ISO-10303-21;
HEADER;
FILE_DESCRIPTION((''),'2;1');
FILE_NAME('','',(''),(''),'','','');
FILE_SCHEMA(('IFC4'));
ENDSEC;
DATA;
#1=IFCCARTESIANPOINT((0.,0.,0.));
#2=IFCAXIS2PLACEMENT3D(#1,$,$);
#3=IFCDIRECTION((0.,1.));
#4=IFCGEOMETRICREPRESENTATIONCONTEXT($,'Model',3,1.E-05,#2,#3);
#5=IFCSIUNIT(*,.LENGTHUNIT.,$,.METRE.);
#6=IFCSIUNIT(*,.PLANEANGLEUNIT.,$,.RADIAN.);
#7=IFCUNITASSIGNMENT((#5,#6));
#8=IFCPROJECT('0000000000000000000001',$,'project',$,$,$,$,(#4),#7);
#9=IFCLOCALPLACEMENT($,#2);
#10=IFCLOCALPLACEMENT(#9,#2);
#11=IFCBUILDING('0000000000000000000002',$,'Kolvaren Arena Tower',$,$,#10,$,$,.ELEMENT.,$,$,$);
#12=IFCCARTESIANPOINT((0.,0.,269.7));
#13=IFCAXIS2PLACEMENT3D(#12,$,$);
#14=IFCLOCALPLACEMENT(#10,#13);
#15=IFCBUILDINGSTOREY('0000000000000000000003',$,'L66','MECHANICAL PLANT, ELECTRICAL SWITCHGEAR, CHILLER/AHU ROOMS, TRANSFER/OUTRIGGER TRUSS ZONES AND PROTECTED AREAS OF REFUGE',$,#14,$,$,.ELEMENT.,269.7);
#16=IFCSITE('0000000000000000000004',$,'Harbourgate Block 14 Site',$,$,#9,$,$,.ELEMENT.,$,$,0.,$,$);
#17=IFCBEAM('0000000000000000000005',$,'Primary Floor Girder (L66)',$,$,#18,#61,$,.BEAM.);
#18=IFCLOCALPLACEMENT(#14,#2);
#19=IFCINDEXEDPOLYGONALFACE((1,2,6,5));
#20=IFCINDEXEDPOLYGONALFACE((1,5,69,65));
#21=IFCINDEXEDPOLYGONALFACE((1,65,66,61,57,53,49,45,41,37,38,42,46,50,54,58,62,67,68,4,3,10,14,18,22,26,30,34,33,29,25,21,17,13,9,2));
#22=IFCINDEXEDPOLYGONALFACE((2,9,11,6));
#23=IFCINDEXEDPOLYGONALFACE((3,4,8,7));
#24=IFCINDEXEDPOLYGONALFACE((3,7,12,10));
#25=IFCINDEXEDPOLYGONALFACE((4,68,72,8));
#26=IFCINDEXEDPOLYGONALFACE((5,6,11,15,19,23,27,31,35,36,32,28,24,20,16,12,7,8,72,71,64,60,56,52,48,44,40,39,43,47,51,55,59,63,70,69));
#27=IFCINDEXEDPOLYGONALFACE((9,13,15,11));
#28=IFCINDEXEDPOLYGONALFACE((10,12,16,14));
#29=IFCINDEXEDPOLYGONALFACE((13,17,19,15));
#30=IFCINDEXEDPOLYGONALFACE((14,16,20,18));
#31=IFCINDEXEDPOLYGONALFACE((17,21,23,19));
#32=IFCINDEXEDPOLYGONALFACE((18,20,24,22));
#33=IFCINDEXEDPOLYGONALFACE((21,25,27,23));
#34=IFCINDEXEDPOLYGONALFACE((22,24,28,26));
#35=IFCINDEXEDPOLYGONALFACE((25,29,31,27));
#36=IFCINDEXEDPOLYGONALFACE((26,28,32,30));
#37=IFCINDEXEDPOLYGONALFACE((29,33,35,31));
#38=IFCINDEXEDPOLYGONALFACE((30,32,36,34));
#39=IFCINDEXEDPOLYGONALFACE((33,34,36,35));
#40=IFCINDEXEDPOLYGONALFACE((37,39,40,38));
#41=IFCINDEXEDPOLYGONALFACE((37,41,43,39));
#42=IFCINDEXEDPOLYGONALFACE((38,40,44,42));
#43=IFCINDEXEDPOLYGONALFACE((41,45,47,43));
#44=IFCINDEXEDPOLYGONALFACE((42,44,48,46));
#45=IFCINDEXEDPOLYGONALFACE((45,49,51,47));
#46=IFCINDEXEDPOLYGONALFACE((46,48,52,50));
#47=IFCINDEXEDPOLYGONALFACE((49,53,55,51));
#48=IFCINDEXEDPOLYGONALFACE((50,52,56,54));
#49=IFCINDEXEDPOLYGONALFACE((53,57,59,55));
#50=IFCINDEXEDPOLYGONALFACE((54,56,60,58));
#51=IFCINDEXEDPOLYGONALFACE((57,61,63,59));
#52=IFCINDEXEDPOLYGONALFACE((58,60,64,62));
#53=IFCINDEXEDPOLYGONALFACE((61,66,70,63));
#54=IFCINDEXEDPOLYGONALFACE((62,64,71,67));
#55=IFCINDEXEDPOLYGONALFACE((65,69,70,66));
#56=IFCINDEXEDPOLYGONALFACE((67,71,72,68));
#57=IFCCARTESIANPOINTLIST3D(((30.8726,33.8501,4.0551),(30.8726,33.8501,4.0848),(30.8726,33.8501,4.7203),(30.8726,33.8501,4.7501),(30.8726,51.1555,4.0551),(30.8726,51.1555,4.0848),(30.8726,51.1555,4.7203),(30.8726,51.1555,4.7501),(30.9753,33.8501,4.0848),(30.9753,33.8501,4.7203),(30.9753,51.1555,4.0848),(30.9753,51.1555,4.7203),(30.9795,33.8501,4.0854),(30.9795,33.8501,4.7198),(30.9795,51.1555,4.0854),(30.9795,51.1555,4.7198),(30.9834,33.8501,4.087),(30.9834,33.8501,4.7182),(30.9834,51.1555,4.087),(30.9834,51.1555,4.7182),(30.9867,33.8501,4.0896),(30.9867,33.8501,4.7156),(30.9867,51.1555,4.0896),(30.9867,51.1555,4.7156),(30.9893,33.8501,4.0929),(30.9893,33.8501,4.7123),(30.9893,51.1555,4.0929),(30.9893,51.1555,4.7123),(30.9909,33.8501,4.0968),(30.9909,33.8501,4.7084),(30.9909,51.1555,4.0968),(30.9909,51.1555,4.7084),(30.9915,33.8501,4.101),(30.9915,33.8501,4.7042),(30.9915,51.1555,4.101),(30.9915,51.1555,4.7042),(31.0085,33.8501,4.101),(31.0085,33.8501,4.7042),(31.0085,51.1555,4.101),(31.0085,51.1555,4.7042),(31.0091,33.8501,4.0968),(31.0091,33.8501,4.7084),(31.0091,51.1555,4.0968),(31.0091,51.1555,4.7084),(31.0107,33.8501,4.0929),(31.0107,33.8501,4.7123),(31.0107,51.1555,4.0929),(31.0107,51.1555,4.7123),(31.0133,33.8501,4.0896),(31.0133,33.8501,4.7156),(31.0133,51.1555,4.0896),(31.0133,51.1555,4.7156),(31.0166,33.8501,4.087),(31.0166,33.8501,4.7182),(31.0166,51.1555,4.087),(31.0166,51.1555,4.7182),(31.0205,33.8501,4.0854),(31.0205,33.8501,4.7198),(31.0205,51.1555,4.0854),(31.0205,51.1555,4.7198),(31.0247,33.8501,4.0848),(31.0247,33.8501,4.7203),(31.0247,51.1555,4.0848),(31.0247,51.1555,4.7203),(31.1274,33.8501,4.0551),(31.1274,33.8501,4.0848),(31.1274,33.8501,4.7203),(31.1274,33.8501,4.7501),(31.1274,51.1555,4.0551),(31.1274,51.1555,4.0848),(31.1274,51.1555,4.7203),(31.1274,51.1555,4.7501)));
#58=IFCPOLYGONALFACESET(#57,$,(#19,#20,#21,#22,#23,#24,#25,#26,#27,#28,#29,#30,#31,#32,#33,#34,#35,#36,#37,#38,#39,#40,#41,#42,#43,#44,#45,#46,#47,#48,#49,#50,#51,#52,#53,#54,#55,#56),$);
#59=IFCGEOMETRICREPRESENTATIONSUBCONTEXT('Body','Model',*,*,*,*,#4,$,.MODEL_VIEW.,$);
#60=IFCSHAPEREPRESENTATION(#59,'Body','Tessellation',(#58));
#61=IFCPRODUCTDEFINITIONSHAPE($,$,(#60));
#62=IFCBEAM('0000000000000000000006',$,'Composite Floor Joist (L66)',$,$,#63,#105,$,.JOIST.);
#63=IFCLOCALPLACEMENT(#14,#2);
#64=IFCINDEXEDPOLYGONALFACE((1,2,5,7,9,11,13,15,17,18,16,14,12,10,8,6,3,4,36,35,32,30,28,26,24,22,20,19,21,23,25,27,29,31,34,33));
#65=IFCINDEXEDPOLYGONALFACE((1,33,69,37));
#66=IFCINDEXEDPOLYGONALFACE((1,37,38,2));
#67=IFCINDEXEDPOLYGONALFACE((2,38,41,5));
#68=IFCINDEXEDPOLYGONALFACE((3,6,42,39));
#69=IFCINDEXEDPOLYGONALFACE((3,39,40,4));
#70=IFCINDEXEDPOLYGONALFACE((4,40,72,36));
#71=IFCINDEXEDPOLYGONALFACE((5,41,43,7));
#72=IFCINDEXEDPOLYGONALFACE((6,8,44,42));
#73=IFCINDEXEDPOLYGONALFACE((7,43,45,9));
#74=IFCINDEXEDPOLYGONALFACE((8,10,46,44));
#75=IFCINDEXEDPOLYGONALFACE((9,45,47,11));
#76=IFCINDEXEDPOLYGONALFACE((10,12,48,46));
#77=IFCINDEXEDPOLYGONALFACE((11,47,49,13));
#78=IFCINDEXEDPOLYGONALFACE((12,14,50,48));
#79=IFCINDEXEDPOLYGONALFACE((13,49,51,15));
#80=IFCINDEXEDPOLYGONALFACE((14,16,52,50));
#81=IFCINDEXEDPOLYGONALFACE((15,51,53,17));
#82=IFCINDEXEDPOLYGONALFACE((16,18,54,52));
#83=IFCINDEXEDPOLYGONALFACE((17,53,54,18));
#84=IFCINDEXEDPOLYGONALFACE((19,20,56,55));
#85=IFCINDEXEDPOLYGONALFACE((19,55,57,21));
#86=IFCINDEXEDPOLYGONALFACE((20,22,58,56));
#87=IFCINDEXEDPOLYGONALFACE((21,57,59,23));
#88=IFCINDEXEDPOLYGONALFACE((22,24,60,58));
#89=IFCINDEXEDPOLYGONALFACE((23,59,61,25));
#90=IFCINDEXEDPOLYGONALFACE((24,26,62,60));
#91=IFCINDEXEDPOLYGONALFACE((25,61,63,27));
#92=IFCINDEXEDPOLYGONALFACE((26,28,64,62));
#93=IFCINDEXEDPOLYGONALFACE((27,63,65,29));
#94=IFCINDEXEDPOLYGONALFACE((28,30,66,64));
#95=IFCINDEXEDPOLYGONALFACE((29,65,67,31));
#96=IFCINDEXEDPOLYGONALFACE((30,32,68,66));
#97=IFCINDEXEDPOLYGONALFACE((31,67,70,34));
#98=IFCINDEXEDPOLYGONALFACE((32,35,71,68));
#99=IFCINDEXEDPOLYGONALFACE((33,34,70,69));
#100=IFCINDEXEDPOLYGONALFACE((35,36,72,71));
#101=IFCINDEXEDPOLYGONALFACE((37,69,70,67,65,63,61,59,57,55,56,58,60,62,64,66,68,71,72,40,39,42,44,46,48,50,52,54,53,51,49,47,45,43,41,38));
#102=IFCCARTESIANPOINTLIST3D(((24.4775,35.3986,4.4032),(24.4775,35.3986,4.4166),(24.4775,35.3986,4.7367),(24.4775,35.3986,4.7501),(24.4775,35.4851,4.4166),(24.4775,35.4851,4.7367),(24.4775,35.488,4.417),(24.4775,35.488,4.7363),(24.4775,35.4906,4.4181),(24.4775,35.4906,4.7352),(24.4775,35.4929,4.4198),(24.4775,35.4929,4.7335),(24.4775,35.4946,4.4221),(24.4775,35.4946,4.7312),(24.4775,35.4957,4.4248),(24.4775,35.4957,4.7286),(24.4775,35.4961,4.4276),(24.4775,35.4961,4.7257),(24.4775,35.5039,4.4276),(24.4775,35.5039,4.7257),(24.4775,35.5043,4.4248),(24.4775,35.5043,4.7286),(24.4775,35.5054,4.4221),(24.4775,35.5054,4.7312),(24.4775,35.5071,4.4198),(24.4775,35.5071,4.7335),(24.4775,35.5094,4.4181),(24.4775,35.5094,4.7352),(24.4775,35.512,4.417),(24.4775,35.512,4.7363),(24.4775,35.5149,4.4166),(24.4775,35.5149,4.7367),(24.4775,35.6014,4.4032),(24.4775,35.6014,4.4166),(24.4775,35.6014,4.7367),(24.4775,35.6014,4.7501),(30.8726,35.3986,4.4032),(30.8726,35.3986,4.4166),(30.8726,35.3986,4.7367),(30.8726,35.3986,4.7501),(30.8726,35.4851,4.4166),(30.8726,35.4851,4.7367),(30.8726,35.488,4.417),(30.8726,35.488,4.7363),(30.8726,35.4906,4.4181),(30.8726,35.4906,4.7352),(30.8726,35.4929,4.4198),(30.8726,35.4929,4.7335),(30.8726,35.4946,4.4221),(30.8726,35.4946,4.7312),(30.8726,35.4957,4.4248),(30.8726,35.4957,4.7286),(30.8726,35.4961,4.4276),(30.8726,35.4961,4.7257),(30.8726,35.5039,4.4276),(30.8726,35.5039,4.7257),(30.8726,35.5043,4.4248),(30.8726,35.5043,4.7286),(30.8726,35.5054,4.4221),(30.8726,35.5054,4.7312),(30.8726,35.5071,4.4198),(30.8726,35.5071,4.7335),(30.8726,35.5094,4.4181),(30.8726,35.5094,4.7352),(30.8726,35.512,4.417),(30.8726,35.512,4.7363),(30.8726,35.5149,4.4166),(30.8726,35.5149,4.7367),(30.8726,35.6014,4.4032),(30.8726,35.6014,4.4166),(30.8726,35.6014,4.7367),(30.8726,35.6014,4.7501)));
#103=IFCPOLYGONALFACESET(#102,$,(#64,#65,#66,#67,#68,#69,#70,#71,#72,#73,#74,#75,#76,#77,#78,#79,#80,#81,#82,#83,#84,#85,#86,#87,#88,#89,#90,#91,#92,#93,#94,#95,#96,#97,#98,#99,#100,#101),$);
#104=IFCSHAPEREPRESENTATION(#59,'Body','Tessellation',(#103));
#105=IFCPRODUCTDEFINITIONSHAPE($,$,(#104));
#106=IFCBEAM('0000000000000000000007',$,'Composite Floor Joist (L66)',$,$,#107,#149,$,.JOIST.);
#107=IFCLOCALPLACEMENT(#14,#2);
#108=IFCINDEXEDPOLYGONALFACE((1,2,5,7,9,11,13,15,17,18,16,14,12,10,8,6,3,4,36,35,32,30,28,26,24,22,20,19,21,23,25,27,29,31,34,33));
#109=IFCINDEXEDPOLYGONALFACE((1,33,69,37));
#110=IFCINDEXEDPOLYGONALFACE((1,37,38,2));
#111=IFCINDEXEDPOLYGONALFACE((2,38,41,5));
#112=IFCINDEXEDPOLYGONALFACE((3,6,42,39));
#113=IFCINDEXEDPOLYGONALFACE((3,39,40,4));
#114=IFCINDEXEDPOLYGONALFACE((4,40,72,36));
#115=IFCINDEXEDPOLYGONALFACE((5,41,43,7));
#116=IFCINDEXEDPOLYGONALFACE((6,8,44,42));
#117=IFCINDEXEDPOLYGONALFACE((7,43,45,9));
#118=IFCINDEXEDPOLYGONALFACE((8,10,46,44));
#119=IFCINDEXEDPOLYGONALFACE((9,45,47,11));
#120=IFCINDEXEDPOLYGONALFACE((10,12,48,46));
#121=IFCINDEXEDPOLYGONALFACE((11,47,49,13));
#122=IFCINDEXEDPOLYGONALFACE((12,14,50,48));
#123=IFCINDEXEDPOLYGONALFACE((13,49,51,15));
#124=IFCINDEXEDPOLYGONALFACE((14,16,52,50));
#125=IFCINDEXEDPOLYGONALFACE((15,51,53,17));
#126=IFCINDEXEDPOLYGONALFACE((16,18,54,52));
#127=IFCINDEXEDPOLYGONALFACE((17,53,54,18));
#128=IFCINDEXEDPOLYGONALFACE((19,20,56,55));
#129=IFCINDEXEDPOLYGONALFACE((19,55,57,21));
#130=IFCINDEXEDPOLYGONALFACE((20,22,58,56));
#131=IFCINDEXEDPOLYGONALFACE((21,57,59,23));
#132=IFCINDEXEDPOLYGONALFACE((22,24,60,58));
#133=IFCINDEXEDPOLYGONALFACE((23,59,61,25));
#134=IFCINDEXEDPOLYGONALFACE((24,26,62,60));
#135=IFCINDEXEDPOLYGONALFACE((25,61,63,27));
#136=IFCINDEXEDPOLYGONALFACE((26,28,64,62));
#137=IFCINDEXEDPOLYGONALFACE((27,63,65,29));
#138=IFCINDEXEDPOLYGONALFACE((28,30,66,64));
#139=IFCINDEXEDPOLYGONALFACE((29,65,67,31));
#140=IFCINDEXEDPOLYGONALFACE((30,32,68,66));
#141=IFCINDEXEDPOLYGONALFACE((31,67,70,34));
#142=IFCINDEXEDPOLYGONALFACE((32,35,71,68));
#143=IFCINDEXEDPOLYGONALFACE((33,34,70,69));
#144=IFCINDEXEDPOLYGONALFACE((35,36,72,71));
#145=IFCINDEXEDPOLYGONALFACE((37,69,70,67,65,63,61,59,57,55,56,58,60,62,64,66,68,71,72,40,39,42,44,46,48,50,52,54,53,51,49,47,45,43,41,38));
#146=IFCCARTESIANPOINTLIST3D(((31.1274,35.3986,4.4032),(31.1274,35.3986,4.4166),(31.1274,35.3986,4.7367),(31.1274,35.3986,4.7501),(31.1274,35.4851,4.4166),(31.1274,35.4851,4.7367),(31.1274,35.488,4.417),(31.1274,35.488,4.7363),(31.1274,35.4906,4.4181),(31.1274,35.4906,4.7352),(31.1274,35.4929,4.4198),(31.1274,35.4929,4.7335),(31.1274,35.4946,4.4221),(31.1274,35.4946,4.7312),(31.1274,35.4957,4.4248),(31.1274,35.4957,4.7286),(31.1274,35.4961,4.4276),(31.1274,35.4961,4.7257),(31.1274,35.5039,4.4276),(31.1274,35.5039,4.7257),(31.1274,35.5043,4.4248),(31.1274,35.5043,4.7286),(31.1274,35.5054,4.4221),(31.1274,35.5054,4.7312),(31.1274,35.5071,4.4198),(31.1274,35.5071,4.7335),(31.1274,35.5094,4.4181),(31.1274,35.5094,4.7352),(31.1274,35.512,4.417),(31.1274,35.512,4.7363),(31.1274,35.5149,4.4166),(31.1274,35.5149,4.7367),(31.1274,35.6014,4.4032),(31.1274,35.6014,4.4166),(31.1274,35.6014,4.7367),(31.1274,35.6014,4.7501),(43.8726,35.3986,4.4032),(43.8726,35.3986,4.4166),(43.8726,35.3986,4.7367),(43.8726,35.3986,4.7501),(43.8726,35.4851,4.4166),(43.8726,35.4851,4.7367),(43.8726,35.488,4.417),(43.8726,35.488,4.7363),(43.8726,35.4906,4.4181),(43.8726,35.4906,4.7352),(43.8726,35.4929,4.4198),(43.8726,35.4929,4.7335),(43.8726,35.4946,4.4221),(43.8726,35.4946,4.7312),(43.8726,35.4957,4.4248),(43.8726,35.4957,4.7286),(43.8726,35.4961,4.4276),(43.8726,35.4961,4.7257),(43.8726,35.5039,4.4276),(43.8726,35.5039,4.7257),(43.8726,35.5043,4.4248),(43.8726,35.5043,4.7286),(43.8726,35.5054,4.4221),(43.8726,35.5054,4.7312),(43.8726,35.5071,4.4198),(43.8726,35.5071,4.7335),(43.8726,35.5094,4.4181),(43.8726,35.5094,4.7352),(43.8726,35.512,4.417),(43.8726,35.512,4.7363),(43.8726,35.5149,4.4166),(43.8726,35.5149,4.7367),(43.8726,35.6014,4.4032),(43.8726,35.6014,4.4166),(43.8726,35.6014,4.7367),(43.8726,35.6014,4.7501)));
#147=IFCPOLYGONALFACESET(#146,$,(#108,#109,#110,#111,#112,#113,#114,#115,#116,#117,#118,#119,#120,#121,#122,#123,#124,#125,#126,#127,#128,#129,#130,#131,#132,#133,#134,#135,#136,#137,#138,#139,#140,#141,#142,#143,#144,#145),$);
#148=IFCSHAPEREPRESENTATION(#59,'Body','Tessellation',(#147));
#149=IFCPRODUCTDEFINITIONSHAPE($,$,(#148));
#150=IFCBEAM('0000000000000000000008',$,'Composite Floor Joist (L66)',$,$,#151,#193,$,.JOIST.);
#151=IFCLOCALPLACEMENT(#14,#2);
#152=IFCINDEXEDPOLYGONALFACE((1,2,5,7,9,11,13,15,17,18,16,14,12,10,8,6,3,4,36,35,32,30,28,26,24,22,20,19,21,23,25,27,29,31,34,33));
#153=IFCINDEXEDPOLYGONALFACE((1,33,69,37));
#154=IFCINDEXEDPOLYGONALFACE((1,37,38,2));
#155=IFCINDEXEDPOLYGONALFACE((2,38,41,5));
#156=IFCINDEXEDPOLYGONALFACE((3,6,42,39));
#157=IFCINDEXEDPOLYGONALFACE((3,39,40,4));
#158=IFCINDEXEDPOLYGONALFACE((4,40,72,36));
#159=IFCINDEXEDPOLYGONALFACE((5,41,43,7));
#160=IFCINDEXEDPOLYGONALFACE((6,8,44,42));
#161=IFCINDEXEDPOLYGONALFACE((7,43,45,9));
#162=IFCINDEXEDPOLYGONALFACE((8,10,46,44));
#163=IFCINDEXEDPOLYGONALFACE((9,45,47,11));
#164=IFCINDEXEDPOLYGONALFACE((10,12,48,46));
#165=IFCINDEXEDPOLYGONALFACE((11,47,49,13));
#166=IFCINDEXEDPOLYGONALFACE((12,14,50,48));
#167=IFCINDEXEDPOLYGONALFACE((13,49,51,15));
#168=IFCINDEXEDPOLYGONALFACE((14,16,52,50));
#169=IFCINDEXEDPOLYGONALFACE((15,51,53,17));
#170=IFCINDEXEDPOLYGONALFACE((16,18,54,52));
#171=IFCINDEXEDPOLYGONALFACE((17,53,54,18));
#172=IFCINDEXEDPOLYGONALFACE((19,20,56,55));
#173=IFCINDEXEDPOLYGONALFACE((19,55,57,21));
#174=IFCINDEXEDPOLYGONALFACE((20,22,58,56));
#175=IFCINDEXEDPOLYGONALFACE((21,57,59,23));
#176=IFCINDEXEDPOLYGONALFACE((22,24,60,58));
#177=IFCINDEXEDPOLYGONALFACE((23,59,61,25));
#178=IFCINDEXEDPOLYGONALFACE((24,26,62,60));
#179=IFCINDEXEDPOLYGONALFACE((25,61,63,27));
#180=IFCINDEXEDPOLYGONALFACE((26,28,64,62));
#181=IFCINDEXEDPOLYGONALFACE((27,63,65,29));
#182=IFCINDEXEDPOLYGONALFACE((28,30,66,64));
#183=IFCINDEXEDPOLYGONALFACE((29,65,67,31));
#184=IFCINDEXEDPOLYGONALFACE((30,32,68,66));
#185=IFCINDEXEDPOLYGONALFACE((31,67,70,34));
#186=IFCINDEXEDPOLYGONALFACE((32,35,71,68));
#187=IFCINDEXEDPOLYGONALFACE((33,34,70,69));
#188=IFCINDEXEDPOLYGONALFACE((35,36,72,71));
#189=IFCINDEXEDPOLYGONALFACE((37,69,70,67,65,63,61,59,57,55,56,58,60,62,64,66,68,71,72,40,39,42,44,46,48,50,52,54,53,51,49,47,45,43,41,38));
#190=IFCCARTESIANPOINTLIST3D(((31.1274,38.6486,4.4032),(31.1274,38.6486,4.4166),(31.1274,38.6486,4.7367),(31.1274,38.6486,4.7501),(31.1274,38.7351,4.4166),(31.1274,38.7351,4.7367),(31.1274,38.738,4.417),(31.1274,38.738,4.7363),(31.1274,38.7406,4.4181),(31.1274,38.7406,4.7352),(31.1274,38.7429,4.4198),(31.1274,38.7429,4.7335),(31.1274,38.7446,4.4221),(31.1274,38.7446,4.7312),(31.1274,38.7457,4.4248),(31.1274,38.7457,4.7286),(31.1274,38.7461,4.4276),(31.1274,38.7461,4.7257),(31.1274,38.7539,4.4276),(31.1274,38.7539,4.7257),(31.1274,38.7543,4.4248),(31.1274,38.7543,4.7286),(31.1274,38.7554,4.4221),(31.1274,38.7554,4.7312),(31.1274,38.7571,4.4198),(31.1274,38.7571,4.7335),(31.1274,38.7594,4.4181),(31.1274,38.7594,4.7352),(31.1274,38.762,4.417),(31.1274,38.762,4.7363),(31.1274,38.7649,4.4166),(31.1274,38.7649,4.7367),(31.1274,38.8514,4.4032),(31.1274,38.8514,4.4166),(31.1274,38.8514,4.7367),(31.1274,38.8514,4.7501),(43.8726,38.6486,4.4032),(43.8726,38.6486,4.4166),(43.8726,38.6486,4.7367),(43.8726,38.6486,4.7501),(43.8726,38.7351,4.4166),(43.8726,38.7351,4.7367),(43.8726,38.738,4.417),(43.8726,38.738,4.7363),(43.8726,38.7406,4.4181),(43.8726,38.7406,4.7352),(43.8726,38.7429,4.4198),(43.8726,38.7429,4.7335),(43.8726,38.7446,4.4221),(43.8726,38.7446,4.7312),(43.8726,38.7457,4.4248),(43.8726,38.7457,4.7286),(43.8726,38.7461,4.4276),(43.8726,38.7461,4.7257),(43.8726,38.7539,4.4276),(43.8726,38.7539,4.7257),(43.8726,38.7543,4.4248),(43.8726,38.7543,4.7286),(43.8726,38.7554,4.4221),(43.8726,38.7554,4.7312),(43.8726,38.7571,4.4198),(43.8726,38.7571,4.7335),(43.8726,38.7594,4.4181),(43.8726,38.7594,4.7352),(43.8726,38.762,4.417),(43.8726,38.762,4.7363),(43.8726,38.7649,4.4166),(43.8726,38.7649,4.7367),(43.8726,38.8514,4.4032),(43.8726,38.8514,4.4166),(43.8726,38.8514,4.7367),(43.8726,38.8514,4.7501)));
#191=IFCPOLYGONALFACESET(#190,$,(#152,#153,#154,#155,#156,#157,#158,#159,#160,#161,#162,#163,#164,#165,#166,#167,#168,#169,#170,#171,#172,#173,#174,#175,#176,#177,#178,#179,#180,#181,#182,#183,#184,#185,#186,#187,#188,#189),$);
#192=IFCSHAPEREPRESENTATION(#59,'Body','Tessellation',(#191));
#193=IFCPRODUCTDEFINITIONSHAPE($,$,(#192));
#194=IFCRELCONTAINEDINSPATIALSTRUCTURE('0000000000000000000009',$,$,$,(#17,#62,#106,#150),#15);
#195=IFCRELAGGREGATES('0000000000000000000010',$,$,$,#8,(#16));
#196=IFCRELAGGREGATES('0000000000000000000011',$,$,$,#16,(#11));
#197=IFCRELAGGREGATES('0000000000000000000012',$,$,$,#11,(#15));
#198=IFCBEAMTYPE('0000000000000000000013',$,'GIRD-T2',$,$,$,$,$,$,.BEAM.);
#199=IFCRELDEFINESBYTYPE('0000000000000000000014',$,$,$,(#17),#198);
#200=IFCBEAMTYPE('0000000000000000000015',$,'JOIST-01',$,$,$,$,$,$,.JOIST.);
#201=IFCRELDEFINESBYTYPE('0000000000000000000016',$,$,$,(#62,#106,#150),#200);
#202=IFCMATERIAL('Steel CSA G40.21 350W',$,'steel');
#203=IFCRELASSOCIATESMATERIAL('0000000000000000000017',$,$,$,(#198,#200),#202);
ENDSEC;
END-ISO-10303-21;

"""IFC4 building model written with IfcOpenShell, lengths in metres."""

from ifc_helpers import new_model, si_unit, direction, frame, origin, origin_2d, place, context, subcontext, project, spatial, i_section, extrude, material, material_profile, profile_set, type_object, element, save


model = new_model("IFC4")

# Units and contexts
model_context = context("Model", 3, precision=1e-05, world=origin(), true_north=direction((0.0, 1.0)))
body_context = subcontext(model_context, "Body", "Model", "MODEL_VIEW")
ifc_project = project(units=[si_unit("LENGTHUNIT", "METRE"), si_unit("PLANEANGLEUNIT", "RADIAN")], contexts=[model_context])

# Site, building, storey
site_placement = place(None, origin())
site = spatial("IfcSite", under=ifc_project, at=site_placement, Name="Harbourgate Block 14 Site", CompositionType="ELEMENT", RefElevation=0.0)
building_placement = place(site_placement, origin())
building = spatial("IfcBuilding", under=site, at=building_placement, Name="Kolvaren Arena Tower", CompositionType="ELEMENT")
storey_placement = place(building_placement, frame((0.0, 0.0, 269.7)))
storey = spatial("IfcBuildingStorey", under=building, at=storey_placement, Name="L66", Description="MECHANICAL PLANT, ELECTRICAL SWITCHGEAR, CHILLER/AHU ROOMS, TRANSFER/OUTRIGGER TRUSS ZONES AND PROTECTED AREAS OF REFUGE", CompositionType="ELEMENT", Elevation=269.7)

# Beams
ifc_material_1 = material(Name="Steel CSA G40.21 350W", Category="steel")
ifc_material_profile_1 = material_profile(ifc_material_1, i_section(OverallWidth=0.2549, OverallDepth=0.6951, WebThickness=0.0171, FlangeThickness=0.0298, FilletRadius=0.0161, at=origin_2d()), Name="W690x217")
ifc_profile_set_1 = profile_set([ifc_material_profile_1], Name="Steel CSA G40.21 350W")
beam_type_1 = type_object("IfcBeamType", Name="GIRD-T2", PredefinedType="BEAM", material=ifc_profile_set_1)
beam_1_placement = place(storey_placement, frame((31.0, 33.8501, 4.4026), z_axis=(0.0, 1.0, 0.0), x_axis=(-1.0, 0.0, 0.0)))
element("IfcBeam", 1, at=beam_1_placement, inside=storey, type_object=beam_type_1, Name="Primary Floor Girder (L66)", PredefinedType="BEAM", context=body_context, shape_type="SweptSolid", body=[
    extrude(i_section(OverallWidth=0.2549, OverallDepth=0.6951, WebThickness=0.0171, FlangeThickness=0.0298, FilletRadius=0.0161, at=origin_2d()), origin(), (0.0, 0.0, 1.0), 17.3054),
])
ifc_material_profile_2 = material_profile(ifc_material_1, i_section(OverallWidth=0.2029, OverallDepth=0.3469, WebThickness=0.0078, FlangeThickness=0.0134, FilletRadius=0.011, at=origin_2d()), Name="W360x64")
ifc_profile_set_2 = profile_set([ifc_material_profile_2], Name="Steel CSA G40.21 350W")
beam_type_2 = type_object("IfcBeamType", Name="JOIST-01", PredefinedType="JOIST", material=ifc_profile_set_2)
beam_2_placement = place(storey_placement, frame((24.4775, 35.5, 4.5767), z_axis=(1.0, 0.0, 0.0), x_axis=(0.0, 1.0, 0.0)))
element("IfcBeam", 2, at=beam_2_placement, inside=storey, type_object=beam_type_2, Name="Composite Floor Joist (L66)", PredefinedType="JOIST", context=body_context, shape_type="SweptSolid", body=[
    extrude(i_section(OverallWidth=0.2029, OverallDepth=0.3469, WebThickness=0.0078, FlangeThickness=0.0134, FilletRadius=0.011, at=origin_2d()), origin(), (0.0, 0.0, 1.0), 6.395),
])
for number, where, z_axis, x_axis, name in (
    (3, (31.1274, 35.5, 4.5767), (1.0, 0.0, 0.0), (0.0, 1.0, 0.0), "Composite Floor Joist (L66)"),
    (4, (31.1274, 38.75, 4.5767), (1.0, 0.0, 0.0), (0.0, 1.0, 0.0), "Composite Floor Joist (L66)"),
):
    element("IfcBeam", number, at=place(storey_placement, frame(where, z_axis=z_axis, x_axis=x_axis)), inside=storey, type_object=beam_type_2, Name=name, PredefinedType="JOIST", context=body_context, shape_type="SweptSolid", body=[
        extrude(i_section(OverallWidth=0.2029, OverallDepth=0.3469, WebThickness=0.0078, FlangeThickness=0.0134, FilletRadius=0.011, at=origin_2d()), origin(), (0.0, 0.0, 1.0), 12.7451),
    ])

save(model, "model.ifc")
